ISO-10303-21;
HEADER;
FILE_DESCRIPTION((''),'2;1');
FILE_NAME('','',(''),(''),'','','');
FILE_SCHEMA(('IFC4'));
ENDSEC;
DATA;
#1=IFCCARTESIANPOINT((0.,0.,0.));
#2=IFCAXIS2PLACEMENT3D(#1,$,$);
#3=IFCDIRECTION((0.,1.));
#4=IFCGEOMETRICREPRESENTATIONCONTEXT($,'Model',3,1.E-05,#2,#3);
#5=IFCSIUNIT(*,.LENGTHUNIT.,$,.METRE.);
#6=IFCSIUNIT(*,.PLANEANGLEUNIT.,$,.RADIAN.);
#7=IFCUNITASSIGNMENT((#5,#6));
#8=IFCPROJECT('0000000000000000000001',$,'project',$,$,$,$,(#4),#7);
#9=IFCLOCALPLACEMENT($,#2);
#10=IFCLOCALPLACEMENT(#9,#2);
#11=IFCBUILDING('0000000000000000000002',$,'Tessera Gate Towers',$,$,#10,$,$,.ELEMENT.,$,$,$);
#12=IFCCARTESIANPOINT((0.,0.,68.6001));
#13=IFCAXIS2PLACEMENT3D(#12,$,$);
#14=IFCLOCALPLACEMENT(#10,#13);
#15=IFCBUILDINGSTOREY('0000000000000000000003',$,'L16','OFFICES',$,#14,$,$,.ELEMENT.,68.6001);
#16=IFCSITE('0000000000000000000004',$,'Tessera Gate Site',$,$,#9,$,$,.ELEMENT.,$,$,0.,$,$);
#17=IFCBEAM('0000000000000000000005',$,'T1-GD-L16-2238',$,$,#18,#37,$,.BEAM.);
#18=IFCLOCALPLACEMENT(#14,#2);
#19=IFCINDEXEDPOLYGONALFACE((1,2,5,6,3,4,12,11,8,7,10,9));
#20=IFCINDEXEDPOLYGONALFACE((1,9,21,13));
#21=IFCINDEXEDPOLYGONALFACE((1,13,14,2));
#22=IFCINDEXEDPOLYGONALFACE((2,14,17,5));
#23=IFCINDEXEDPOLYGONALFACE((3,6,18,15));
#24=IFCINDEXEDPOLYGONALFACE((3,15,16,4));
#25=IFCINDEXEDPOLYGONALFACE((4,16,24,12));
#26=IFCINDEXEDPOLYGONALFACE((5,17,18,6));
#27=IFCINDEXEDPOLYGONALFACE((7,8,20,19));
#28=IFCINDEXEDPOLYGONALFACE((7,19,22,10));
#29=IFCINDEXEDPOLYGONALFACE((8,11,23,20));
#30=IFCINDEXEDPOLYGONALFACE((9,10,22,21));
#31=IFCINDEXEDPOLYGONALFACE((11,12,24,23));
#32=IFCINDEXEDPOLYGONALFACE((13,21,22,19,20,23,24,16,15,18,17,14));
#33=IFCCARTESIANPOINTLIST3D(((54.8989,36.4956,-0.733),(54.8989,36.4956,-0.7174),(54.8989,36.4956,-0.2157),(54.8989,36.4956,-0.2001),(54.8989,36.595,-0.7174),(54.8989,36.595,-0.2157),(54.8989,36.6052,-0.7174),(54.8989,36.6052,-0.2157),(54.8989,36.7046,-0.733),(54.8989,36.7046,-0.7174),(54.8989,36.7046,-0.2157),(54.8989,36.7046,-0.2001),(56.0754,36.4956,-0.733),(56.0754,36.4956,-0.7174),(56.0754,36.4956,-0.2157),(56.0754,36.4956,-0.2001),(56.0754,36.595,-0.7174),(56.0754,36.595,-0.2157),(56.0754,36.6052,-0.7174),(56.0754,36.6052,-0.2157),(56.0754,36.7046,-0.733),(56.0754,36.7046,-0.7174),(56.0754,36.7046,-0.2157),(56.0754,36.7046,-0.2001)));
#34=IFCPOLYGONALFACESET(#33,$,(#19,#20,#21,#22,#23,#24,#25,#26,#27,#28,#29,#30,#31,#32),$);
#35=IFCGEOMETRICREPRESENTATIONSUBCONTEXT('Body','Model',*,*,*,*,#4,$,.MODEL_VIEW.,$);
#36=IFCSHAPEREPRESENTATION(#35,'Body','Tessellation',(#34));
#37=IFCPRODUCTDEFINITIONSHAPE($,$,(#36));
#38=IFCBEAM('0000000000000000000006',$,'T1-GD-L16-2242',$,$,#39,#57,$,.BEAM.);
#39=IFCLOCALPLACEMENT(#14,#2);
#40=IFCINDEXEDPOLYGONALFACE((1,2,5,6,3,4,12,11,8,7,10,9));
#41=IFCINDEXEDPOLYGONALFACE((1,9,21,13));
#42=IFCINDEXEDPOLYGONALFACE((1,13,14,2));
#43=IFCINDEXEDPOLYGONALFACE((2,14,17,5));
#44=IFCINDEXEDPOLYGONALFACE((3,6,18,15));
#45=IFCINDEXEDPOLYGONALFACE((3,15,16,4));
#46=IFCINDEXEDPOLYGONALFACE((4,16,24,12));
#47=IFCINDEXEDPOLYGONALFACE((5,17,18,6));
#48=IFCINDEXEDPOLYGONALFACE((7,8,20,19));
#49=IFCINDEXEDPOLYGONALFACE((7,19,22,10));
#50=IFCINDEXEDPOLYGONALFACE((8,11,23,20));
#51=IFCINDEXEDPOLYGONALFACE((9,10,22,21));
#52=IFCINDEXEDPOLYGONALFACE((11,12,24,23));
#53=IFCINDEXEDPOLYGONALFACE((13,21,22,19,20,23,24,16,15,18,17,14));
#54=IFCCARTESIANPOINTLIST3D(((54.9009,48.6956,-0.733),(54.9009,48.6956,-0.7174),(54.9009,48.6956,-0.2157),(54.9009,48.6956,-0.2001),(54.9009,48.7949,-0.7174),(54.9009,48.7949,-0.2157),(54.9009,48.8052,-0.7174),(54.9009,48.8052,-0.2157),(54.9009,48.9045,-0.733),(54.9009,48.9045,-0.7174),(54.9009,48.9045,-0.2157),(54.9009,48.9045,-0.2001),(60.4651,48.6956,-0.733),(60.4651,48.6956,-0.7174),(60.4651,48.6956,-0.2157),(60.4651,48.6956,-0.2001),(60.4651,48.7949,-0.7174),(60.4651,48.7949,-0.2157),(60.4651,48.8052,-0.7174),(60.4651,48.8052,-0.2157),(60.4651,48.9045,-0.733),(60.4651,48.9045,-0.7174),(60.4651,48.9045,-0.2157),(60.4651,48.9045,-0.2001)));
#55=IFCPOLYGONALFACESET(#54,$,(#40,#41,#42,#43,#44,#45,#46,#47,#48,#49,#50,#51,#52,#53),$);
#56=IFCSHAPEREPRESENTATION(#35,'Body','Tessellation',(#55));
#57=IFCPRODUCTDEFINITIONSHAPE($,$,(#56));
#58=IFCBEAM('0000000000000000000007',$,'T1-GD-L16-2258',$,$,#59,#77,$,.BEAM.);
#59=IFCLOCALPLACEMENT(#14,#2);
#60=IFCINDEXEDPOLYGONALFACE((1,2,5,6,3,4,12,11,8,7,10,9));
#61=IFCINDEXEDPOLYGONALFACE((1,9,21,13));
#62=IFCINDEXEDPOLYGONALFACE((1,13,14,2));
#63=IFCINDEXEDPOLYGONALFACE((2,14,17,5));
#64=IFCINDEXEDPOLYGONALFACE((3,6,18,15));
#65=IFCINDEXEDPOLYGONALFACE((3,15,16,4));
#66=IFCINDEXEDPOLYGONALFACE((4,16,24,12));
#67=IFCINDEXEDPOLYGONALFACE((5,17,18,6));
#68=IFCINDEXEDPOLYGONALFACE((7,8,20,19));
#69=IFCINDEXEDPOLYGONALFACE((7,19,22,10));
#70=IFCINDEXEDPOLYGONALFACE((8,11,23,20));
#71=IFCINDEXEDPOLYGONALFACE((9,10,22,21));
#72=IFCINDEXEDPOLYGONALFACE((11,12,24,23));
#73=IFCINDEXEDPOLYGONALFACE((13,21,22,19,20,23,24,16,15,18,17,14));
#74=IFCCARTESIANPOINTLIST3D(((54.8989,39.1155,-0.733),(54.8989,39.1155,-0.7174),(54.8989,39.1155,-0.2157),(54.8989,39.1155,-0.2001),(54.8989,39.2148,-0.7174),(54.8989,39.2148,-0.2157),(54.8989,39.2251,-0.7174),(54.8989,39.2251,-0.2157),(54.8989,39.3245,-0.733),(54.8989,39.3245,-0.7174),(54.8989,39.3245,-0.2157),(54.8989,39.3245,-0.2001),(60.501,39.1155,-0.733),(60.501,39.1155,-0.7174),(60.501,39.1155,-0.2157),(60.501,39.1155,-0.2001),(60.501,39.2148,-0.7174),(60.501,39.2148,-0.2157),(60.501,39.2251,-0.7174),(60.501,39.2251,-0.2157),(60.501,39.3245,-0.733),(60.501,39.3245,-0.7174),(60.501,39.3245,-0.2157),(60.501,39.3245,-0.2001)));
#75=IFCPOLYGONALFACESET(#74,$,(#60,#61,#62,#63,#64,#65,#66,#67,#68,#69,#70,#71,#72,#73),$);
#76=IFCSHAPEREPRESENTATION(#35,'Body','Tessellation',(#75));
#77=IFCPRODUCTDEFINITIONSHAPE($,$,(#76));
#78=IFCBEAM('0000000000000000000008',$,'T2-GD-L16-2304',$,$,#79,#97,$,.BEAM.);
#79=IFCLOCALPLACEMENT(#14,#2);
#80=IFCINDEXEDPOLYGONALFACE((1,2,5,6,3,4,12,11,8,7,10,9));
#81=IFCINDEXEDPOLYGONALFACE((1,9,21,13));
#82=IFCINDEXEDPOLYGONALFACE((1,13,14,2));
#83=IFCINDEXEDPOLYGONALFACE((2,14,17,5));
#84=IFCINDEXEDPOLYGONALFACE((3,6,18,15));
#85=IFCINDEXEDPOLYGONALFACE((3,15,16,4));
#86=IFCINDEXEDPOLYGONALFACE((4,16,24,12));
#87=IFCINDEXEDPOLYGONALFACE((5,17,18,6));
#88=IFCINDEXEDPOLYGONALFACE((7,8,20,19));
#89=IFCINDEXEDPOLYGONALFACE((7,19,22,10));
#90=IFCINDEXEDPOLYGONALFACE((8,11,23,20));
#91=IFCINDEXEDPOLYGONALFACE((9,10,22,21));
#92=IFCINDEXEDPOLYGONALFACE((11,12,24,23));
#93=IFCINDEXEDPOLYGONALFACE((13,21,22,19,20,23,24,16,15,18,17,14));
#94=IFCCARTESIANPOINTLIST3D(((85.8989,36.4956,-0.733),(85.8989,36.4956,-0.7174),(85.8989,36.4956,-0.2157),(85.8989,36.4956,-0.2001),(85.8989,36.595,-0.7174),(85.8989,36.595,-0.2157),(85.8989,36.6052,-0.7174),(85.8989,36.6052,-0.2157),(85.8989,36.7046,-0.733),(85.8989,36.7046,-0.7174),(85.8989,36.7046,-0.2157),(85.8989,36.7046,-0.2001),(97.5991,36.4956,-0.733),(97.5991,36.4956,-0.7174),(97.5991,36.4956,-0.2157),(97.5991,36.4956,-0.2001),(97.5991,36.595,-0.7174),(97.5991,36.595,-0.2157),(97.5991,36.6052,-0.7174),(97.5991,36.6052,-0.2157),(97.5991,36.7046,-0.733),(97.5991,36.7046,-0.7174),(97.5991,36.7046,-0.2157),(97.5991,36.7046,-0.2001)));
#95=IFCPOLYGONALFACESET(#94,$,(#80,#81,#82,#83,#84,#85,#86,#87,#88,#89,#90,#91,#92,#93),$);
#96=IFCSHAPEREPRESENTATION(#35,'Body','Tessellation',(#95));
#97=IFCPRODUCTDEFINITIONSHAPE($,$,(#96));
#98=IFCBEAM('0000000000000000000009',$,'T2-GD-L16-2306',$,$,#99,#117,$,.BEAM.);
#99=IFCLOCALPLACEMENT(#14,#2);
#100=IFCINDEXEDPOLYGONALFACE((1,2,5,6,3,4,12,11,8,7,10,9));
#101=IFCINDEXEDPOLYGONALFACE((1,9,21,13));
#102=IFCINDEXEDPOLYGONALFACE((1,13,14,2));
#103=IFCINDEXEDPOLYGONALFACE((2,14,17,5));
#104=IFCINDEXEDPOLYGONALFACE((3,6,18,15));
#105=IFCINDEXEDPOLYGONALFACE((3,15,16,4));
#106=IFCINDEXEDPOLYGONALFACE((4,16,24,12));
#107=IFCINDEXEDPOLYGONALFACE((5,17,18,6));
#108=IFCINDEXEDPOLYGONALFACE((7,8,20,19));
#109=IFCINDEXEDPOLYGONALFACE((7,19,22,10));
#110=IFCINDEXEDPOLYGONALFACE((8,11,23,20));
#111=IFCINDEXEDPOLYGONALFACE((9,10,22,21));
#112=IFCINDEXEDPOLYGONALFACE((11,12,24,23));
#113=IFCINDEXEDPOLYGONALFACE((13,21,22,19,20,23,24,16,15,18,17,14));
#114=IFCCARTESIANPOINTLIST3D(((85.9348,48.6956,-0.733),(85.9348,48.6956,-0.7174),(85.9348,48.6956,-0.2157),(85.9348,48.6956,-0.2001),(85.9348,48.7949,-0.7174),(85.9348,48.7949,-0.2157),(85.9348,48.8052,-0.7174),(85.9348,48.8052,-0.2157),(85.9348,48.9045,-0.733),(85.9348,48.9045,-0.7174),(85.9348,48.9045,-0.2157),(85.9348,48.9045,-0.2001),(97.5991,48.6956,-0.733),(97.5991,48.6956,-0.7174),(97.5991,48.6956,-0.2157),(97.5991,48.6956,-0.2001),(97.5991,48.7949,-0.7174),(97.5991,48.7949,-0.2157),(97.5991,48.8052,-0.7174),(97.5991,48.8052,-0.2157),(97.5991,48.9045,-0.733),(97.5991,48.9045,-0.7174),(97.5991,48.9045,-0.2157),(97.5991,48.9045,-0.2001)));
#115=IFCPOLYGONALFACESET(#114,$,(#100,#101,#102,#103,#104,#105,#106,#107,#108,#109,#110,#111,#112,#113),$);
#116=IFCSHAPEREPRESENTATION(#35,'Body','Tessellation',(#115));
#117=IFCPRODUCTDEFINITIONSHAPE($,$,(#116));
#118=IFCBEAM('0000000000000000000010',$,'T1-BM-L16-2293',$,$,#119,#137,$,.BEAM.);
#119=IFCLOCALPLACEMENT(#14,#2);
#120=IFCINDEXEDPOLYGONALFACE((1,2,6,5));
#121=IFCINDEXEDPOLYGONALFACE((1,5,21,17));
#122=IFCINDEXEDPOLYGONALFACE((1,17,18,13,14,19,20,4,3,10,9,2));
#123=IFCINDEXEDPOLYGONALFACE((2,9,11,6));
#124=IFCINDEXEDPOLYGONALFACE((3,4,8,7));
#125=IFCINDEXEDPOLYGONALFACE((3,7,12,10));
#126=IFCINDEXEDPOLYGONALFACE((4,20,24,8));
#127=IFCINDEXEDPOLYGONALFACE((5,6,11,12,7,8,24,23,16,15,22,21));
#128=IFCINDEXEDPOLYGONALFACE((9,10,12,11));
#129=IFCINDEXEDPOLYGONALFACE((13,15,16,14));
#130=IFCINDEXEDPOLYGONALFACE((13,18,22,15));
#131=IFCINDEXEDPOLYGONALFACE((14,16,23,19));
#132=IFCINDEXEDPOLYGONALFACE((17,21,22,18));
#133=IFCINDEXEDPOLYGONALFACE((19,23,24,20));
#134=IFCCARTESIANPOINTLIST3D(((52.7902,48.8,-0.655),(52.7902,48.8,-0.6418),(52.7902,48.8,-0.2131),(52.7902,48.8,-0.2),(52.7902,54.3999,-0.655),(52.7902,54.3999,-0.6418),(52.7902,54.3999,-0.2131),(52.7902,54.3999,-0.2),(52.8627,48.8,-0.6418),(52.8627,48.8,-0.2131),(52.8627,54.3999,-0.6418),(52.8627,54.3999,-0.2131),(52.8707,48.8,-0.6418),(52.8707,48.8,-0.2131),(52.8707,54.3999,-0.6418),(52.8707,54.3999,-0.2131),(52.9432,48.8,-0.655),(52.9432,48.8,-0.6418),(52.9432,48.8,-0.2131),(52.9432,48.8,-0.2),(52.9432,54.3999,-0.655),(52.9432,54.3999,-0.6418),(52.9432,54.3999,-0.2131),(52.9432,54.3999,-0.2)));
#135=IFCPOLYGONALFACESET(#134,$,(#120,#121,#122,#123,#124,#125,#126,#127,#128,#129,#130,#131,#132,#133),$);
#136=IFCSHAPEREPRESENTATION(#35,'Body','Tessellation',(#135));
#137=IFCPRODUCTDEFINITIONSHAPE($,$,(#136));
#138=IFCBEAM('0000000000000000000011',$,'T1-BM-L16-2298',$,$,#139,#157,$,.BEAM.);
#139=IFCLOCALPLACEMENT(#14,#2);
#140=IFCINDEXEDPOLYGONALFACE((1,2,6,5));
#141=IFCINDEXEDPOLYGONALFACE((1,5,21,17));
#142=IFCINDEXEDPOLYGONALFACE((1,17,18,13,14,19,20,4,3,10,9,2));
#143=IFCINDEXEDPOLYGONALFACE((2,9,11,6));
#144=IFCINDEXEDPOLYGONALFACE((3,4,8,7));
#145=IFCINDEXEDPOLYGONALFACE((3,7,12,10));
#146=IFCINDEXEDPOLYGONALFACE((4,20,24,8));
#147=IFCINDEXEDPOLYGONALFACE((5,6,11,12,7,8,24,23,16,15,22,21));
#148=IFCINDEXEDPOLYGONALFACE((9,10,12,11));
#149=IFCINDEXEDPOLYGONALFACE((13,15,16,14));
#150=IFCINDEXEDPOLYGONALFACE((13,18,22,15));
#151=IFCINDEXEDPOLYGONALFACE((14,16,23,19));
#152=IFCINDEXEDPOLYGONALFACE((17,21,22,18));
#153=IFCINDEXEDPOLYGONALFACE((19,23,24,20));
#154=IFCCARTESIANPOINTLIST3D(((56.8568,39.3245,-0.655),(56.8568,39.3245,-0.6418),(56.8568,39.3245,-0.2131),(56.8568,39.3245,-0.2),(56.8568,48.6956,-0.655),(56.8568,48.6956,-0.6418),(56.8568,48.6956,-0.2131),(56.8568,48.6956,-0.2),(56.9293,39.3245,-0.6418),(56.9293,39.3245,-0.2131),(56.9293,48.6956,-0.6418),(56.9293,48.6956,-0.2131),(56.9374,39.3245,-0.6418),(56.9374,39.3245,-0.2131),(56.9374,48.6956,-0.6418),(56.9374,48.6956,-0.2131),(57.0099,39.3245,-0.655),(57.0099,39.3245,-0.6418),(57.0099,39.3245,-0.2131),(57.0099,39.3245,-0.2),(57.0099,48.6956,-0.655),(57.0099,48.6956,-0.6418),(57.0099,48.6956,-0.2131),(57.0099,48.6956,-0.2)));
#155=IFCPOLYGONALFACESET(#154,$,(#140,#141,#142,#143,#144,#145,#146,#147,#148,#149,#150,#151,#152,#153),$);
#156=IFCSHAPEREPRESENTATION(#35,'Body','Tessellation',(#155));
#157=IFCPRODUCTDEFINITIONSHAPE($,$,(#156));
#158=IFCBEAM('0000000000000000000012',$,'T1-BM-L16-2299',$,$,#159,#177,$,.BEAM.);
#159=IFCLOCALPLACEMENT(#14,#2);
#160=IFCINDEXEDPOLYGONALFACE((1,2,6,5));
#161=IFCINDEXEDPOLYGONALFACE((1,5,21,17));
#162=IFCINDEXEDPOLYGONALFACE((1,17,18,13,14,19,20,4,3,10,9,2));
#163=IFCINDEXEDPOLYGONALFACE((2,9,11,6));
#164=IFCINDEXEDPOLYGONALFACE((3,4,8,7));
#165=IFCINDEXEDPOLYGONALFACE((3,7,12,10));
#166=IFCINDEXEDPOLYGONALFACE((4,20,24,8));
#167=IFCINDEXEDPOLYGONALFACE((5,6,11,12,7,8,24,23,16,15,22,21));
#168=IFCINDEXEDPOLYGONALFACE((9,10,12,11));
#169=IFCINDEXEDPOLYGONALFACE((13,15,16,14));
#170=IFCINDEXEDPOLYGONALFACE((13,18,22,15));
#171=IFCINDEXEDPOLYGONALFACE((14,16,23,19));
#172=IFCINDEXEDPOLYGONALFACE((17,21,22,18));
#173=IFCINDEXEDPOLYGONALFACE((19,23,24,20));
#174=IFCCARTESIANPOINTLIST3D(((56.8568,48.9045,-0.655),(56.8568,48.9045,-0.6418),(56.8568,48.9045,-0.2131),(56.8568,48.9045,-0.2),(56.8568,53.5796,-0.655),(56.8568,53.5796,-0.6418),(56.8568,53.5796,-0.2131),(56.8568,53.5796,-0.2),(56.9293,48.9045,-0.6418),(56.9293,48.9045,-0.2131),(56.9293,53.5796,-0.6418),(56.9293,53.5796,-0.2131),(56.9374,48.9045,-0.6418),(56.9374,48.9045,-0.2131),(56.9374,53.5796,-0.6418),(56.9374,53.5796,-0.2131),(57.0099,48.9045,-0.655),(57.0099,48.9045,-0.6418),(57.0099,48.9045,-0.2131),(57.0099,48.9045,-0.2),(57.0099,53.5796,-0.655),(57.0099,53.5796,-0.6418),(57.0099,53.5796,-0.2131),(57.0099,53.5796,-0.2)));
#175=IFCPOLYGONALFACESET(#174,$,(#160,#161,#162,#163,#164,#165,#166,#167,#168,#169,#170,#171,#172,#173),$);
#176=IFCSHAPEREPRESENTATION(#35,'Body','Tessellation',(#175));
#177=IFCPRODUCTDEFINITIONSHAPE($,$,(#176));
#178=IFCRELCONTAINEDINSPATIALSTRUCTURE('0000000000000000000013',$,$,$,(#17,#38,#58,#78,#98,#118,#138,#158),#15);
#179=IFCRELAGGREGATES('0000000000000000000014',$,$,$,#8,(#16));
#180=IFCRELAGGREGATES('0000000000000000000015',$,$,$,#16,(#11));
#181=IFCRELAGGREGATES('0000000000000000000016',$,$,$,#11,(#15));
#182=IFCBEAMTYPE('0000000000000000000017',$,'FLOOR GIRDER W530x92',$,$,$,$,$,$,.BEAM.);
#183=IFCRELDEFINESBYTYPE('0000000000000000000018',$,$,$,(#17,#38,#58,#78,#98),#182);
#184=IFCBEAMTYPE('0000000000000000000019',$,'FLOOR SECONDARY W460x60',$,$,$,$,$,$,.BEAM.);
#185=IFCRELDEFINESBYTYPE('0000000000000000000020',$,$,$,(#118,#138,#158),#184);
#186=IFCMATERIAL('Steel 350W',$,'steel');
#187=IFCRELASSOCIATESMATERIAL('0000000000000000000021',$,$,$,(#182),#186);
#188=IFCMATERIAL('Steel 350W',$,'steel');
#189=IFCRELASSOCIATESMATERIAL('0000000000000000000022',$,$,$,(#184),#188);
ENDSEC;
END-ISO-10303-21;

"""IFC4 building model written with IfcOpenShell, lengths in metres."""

from ifc_helpers import new_model, si_unit, direction, frame, origin, origin_2d, place, context, subcontext, project, spatial, i_section, extrude, material, material_profile, profile_set, type_object, element, save


model = new_model("IFC4")

# Units and contexts
model_context = context("Model", 3, precision=1e-05, world=origin(), true_north=direction((0.0, 1.0)))
body_context = subcontext(model_context, "Body", "Model", "MODEL_VIEW")
ifc_project = project(units=[si_unit("LENGTHUNIT", "METRE"), si_unit("PLANEANGLEUNIT", "RADIAN")], contexts=[model_context])

# Site, building, storey
site_placement = place(None, origin())
site = spatial("IfcSite", under=ifc_project, at=site_placement, Name="Tessera Gate Site", CompositionType="ELEMENT", RefElevation=0.0)
building_placement = place(site_placement, origin())
building = spatial("IfcBuilding", under=site, at=building_placement, Name="Tessera Gate Towers", CompositionType="ELEMENT")
storey_placement = place(building_placement, frame((0.0, 0.0, 68.6001)))
storey = spatial("IfcBuildingStorey", under=building, at=storey_placement, Name="L16", Description="OFFICES", CompositionType="ELEMENT", Elevation=68.6001)

# Beams
ifc_material_1 = material(Name="Steel 350W", Category="steel")
ifc_material_profile_1 = material_profile(ifc_material_1, i_section(OverallWidth=0.209, OverallDepth=0.533, WebThickness=0.0103, FlangeThickness=0.0156, at=origin_2d()), Name="W530x92")
ifc_profile_set_1 = profile_set([ifc_material_profile_1], Name="Steel 350W")
beam_type_1 = type_object("IfcBeamType", Name="FLOOR GIRDER W530x92", PredefinedType="BEAM", material=ifc_profile_set_1)
beam_1_placement = place(storey_placement, frame((54.8989, 36.6001, -0.4666), z_axis=(1.0, 0.0, 0.0), x_axis=(0.0, 1.0, 0.0)))
element("IfcBeam", 1, at=beam_1_placement, inside=storey, type_object=beam_type_1, Name="T1-GD-L16-2238", PredefinedType="BEAM", context=body_context, shape_type="SweptSolid", body=[
    extrude(i_section(OverallWidth=0.209, OverallDepth=0.533, WebThickness=0.0103, FlangeThickness=0.0156, at=origin_2d()), origin(), (0.0, 0.0, 1.0), 1.1765),
])
beam_2_placement = place(storey_placement, frame((54.9009, 48.8, -0.4666), z_axis=(1.0, 0.0, 0.0), x_axis=(0.0, 1.0, 0.0)))
element("IfcBeam", 2, at=beam_2_placement, inside=storey, type_object=beam_type_1, Name="T1-GD-L16-2242", PredefinedType="BEAM", context=body_context, shape_type="SweptSolid", body=[
    extrude(i_section(OverallWidth=0.209, OverallDepth=0.533, WebThickness=0.0103, FlangeThickness=0.0156, at=origin_2d()), origin(), (0.0, 0.0, 1.0), 5.5642),
])
beam_3_placement = place(storey_placement, frame((54.8989, 39.22, -0.4666), z_axis=(1.0, 0.0, 0.0), x_axis=(0.0, 1.0, 0.0)))
element("IfcBeam", 3, at=beam_3_placement, inside=storey, type_object=beam_type_1, Name="T1-GD-L16-2258", PredefinedType="BEAM", context=body_context, shape_type="SweptSolid", body=[
    extrude(i_section(OverallWidth=0.209, OverallDepth=0.533, WebThickness=0.0103, FlangeThickness=0.0156, at=origin_2d()), origin(), (0.0, 0.0, 1.0), 5.6021),
])
beam_4_placement = place(storey_placement, frame((85.8989, 36.6001, -0.4666), z_axis=(1.0, 0.0, 0.0), x_axis=(0.0, 1.0, 0.0)))
element("IfcBeam", 4, at=beam_4_placement, inside=storey, type_object=beam_type_1, Name="T2-GD-L16-2304", PredefinedType="BEAM", context=body_context, shape_type="SweptSolid", body=[
    extrude(i_section(OverallWidth=0.209, OverallDepth=0.533, WebThickness=0.0103, FlangeThickness=0.0156, at=origin_2d()), origin(), (0.0, 0.0, 1.0), 11.7002),
])
beam_5_placement = place(storey_placement, frame((85.9348, 48.8, -0.4666), z_axis=(1.0, 0.0, 0.0), x_axis=(0.0, 1.0, 0.0)))
element("IfcBeam", 5, at=beam_5_placement, inside=storey, type_object=beam_type_1, Name="T2-GD-L16-2306", PredefinedType="BEAM", context=body_context, shape_type="SweptSolid", body=[
    extrude(i_section(OverallWidth=0.209, OverallDepth=0.533, WebThickness=0.0103, FlangeThickness=0.0156, at=origin_2d()), origin(), (0.0, 0.0, 1.0), 11.6643),
])
ifc_material_2 = material(Name="Steel 350W", Category="steel")
ifc_material_profile_2 = material_profile(ifc_material_2, i_section(OverallWidth=0.1531, OverallDepth=0.4551, WebThickness=0.0081, FlangeThickness=0.0132, at=origin_2d()), Name="W460x60")
ifc_profile_set_2 = profile_set([ifc_material_profile_2], Name="Steel 350W")
beam_type_2 = type_object("IfcBeamType", Name="FLOOR SECONDARY W460x60", PredefinedType="BEAM", material=ifc_profile_set_2)
beam_6_placement = place(storey_placement, frame((52.8667, 48.8, -0.4275), z_axis=(0.0, 1.0, 0.0), x_axis=(-1.0, 0.0, 0.0)))
element("IfcBeam", 6, at=beam_6_placement, inside=storey, type_object=beam_type_2, Name="T1-BM-L16-2293", PredefinedType="BEAM", context=body_context, shape_type="SweptSolid", body=[
    extrude(i_section(OverallWidth=0.1531, OverallDepth=0.4551, WebThickness=0.0081, FlangeThickness=0.0132, at=origin_2d()), origin(), (0.0, 0.0, 1.0), 5.5999),
])
beam_7_placement = place(storey_placement, frame((56.9333, 39.3245, -0.4275), z_axis=(0.0, 1.0, 0.0), x_axis=(-1.0, 0.0, 0.0)))
element("IfcBeam", 7, at=beam_7_placement, inside=storey, type_object=beam_type_2, Name="T1-BM-L16-2298", PredefinedType="BEAM", context=body_context, shape_type="SweptSolid", body=[
    extrude(i_section(OverallWidth=0.1531, OverallDepth=0.4551, WebThickness=0.0081, FlangeThickness=0.0132, at=origin_2d()), origin(), (0.0, 0.0, 1.0), 9.3711),
])
beam_8_placement = place(storey_placement, frame((56.9333, 48.9045, -0.4275), z_axis=(0.0, 1.0, 0.0), x_axis=(-1.0, 0.0, 0.0)))
element("IfcBeam", 8, at=beam_8_placement, inside=storey, type_object=beam_type_2, Name="T1-BM-L16-2299", PredefinedType="BEAM", context=body_context, shape_type="SweptSolid", body=[
    extrude(i_section(OverallWidth=0.1531, OverallDepth=0.4551, WebThickness=0.0081, FlangeThickness=0.0132, at=origin_2d()), origin(), (0.0, 0.0, 1.0), 4.675),
])

save(model, "model.ifc")
